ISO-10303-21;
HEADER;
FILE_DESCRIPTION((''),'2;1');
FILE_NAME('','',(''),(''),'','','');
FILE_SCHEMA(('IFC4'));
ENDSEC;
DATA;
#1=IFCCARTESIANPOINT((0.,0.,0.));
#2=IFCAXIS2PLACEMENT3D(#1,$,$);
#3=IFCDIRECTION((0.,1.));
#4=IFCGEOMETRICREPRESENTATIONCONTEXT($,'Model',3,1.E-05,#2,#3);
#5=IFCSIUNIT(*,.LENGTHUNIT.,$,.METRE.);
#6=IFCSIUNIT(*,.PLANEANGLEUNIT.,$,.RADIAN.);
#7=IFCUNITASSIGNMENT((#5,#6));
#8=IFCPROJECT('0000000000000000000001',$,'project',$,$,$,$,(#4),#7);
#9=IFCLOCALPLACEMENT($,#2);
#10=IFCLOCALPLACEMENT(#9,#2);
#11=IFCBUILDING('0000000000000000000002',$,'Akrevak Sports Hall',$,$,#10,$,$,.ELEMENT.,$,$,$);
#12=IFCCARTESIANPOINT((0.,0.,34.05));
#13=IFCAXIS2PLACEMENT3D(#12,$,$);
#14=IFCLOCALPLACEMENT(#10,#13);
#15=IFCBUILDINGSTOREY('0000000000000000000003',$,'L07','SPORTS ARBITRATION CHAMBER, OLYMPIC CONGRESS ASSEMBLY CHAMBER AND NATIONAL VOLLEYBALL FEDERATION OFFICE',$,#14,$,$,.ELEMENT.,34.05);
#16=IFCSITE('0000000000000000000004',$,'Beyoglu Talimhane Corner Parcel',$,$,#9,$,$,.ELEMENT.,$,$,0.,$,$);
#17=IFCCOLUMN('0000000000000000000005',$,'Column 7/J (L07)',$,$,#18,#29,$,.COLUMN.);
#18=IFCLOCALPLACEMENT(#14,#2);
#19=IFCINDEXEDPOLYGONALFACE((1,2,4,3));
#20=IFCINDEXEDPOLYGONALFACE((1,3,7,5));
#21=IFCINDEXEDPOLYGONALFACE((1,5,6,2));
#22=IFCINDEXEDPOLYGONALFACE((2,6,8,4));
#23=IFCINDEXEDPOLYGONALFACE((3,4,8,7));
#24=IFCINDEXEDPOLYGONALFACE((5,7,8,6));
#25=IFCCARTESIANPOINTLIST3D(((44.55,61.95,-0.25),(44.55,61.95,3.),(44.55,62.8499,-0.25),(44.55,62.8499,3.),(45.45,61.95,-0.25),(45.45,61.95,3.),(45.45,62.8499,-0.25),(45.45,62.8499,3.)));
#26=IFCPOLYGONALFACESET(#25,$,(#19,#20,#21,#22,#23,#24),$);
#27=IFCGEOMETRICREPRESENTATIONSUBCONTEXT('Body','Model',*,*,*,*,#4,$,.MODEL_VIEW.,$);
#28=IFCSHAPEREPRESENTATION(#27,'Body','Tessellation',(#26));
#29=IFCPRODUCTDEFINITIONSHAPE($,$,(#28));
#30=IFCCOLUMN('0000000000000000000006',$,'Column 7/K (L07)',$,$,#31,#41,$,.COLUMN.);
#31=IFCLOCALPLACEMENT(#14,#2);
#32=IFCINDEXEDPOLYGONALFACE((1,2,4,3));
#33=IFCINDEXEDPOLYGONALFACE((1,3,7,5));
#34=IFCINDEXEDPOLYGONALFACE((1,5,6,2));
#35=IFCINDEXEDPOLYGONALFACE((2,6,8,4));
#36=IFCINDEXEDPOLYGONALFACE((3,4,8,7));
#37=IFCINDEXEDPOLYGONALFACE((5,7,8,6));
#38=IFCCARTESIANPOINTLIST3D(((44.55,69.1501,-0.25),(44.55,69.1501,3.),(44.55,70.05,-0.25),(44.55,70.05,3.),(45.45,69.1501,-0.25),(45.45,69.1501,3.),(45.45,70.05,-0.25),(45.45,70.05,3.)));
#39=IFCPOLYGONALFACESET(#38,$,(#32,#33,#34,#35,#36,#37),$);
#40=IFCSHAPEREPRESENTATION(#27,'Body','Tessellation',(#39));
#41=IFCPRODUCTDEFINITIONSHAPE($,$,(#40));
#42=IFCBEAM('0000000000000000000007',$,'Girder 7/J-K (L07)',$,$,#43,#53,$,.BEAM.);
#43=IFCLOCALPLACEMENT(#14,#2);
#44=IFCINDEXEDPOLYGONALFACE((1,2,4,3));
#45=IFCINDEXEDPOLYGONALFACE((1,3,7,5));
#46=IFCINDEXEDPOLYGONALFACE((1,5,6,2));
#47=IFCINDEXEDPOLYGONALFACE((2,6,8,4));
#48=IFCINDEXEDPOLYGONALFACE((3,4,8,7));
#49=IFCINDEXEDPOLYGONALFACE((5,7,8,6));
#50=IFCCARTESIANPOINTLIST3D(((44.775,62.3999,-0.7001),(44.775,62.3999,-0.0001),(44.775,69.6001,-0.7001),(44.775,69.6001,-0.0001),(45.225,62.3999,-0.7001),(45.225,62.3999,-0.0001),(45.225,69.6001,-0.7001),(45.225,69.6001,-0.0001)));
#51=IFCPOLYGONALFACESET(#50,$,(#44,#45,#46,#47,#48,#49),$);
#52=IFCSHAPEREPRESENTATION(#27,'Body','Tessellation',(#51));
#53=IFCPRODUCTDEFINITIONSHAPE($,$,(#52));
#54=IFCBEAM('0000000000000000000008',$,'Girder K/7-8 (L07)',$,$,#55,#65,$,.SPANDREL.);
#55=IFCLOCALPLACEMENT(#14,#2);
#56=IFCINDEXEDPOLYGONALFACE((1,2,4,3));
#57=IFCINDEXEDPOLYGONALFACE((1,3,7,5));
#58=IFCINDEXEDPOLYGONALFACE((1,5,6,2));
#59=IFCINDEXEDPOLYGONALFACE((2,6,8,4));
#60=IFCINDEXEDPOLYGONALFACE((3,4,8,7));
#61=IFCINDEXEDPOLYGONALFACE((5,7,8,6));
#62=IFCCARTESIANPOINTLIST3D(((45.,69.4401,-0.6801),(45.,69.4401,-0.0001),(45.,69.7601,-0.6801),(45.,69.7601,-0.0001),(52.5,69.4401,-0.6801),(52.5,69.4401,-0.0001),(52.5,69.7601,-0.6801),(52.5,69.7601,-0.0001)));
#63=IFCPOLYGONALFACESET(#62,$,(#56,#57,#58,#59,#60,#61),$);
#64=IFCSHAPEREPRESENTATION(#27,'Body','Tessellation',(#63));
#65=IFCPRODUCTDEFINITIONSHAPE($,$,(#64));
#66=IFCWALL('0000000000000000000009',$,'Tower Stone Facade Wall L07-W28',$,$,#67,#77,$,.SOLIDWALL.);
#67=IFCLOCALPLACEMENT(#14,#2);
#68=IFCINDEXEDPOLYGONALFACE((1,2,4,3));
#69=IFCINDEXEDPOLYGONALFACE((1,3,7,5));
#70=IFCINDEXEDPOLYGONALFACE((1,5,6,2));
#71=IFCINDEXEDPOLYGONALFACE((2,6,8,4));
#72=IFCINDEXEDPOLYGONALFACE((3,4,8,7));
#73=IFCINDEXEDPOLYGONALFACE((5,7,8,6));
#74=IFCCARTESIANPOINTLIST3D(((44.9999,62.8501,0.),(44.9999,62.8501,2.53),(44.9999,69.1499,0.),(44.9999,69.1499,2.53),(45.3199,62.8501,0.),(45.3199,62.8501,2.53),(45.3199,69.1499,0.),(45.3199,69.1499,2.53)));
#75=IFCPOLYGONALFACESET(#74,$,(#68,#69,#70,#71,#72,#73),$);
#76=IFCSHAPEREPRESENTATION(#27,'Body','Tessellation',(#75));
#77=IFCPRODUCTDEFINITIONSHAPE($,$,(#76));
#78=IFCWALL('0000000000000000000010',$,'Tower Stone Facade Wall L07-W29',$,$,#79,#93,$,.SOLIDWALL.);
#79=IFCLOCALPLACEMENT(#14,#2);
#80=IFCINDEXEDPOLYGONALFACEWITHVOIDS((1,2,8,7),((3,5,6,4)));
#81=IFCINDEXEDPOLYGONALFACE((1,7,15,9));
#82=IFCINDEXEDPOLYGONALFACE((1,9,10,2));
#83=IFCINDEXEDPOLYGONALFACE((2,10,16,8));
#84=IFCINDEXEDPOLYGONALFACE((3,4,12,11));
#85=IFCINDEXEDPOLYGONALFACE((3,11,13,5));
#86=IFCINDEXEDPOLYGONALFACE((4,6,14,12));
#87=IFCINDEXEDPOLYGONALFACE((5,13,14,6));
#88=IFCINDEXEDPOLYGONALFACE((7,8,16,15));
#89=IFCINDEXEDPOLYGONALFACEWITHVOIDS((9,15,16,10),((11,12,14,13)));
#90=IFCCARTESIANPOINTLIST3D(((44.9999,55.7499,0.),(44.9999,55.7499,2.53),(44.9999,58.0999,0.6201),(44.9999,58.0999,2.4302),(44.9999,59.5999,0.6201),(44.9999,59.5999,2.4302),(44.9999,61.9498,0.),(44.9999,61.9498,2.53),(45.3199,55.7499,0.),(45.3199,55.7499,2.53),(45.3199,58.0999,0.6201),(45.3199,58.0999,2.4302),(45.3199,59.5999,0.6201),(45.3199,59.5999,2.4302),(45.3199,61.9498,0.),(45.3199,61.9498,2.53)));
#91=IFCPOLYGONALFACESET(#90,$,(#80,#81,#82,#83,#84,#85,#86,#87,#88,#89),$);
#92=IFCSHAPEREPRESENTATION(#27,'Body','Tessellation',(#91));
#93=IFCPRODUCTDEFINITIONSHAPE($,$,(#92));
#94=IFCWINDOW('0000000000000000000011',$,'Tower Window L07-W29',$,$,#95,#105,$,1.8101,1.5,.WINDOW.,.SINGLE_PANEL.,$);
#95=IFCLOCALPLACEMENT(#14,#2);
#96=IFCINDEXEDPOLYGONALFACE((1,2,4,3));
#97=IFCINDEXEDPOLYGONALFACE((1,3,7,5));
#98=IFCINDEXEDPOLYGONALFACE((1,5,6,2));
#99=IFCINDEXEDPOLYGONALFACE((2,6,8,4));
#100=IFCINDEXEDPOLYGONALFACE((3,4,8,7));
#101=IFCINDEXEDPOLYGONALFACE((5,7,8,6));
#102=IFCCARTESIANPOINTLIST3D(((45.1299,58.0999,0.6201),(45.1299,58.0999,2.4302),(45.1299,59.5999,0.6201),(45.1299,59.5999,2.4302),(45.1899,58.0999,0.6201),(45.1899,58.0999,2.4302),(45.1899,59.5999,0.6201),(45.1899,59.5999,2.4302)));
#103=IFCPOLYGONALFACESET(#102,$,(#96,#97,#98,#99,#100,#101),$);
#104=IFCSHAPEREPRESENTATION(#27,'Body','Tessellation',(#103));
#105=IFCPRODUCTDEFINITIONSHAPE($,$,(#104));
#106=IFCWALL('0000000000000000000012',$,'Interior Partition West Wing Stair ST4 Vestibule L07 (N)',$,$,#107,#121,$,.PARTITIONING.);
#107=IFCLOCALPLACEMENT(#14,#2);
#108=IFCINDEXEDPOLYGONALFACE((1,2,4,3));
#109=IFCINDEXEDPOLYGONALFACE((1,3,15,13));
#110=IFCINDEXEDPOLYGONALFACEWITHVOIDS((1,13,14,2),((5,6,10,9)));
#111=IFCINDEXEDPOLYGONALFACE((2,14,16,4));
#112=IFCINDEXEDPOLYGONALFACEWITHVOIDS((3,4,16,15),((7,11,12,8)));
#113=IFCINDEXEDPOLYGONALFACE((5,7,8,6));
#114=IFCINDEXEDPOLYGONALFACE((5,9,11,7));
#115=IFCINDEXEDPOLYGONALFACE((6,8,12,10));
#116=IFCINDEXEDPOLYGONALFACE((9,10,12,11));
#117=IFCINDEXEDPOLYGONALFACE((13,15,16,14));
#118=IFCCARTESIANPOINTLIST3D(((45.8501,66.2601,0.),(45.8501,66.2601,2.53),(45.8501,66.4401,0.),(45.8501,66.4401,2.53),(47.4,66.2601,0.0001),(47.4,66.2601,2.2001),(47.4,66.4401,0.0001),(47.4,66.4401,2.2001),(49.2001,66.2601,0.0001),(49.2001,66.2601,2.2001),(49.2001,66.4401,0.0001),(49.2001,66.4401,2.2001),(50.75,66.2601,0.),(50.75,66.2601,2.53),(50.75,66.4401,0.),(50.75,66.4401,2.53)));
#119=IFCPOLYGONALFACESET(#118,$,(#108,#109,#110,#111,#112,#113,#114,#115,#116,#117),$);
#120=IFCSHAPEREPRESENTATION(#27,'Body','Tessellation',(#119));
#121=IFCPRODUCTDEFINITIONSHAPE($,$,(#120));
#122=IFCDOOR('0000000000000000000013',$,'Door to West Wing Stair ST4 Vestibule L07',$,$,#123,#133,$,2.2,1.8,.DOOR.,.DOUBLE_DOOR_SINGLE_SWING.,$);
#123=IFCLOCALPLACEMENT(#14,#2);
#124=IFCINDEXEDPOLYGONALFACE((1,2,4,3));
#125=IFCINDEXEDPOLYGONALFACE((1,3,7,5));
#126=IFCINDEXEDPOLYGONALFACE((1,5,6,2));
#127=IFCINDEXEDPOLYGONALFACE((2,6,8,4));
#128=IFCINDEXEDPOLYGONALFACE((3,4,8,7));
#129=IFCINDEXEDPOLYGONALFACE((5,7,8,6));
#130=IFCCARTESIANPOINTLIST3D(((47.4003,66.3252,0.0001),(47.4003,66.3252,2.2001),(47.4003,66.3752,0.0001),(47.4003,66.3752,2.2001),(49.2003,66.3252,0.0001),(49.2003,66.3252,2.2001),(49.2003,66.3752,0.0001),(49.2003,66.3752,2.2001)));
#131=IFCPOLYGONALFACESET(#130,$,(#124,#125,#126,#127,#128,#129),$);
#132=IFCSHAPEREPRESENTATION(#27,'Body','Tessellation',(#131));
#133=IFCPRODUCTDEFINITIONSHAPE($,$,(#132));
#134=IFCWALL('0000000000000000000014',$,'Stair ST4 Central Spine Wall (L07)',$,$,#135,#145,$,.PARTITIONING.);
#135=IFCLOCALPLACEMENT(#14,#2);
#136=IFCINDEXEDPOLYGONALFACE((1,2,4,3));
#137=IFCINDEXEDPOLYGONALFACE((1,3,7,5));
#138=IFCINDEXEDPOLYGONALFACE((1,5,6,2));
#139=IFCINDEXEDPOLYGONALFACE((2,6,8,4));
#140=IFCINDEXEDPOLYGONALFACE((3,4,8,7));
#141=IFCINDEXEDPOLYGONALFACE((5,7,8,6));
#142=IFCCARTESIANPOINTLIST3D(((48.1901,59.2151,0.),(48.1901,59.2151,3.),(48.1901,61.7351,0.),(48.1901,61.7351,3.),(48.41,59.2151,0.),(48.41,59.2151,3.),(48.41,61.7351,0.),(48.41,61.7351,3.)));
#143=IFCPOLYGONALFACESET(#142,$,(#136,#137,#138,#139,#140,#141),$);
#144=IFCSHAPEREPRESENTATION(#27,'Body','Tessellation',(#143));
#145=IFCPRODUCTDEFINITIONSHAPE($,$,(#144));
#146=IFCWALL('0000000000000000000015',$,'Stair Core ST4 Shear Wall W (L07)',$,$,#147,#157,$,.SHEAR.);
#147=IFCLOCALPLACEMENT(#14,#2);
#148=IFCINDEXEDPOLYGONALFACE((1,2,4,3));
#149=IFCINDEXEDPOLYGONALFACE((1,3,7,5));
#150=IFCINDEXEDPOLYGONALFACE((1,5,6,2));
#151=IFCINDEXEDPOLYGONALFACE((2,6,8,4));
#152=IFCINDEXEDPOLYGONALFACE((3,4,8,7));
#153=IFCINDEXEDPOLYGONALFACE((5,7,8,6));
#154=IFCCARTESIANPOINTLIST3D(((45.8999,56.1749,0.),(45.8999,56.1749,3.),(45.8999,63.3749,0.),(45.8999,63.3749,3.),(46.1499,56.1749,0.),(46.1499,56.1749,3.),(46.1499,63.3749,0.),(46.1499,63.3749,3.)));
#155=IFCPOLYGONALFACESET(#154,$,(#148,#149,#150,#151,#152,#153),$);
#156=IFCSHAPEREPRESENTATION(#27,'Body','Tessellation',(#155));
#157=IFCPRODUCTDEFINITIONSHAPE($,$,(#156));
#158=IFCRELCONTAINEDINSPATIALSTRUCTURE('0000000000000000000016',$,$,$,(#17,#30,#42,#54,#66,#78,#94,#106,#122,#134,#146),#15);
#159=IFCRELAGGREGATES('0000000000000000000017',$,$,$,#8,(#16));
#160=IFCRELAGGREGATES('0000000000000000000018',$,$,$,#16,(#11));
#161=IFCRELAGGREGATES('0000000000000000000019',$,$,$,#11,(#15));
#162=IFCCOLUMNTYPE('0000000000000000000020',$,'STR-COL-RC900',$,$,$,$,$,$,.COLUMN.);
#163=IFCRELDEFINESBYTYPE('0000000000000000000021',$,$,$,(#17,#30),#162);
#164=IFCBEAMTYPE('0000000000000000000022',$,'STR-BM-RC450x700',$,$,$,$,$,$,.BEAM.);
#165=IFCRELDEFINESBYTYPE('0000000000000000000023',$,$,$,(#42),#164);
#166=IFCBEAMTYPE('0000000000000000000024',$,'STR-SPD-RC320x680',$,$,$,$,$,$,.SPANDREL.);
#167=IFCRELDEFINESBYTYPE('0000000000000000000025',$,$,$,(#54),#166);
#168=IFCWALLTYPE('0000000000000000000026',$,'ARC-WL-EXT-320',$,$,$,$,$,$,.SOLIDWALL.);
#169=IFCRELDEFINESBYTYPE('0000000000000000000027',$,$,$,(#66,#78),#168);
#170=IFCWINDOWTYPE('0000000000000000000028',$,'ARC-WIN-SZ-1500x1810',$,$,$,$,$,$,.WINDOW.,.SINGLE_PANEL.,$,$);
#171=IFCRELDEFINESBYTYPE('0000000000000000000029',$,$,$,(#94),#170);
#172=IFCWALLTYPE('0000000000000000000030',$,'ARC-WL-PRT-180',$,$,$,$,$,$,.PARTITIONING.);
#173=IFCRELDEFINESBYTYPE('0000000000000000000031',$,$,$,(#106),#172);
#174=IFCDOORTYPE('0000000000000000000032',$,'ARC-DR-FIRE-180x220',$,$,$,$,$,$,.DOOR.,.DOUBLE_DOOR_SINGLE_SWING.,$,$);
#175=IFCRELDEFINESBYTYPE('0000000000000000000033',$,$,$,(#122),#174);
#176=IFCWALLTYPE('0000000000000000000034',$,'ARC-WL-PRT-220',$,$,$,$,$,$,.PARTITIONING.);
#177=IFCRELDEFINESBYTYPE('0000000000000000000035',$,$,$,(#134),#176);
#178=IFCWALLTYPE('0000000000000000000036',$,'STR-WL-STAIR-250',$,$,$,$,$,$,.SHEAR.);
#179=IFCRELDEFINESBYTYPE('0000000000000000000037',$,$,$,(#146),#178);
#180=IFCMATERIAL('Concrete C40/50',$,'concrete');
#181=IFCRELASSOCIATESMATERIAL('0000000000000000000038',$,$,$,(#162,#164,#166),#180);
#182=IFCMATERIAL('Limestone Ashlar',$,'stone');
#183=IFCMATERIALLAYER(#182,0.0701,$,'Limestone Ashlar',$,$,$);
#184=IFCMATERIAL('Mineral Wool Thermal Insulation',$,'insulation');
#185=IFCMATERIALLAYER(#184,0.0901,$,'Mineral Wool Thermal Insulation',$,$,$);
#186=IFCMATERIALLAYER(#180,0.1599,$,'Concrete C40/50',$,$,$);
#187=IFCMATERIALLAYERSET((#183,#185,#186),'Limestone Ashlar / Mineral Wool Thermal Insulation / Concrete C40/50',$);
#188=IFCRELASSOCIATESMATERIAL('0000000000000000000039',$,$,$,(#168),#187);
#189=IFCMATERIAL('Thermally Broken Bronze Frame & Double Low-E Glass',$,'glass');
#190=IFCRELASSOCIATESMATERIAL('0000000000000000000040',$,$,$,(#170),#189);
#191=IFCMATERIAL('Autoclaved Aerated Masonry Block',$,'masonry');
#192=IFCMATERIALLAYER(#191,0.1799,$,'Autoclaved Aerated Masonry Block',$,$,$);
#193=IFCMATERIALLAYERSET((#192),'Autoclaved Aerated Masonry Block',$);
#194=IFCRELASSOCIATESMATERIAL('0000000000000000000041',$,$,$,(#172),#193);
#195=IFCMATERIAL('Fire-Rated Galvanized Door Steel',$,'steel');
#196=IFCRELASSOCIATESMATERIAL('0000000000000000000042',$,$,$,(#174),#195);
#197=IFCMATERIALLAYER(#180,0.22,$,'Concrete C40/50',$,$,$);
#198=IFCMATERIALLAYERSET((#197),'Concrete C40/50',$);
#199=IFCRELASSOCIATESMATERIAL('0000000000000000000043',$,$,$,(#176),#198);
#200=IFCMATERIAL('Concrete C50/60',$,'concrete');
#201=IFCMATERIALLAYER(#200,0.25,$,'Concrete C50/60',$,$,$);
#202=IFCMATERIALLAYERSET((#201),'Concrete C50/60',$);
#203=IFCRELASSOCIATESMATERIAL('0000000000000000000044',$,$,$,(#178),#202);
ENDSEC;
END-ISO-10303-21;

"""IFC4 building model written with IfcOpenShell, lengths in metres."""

from ifc_helpers import new_model, si_unit, direction, frame, frame_2d, origin, origin_2d, place, context, subcontext, project, spatial, rectangle, extrude, material, layer, layer_set, material_profile, profile_set, type_object, element, fill, save


model = new_model("IFC4")

# Units and contexts
model_context = context("Model", 3, precision=1e-05, world=origin(), true_north=direction((0.0, 1.0)))
body_context = subcontext(model_context, "Body", "Model", "MODEL_VIEW")
ifc_project = project(units=[si_unit("LENGTHUNIT", "METRE"), si_unit("PLANEANGLEUNIT", "RADIAN")], contexts=[model_context])

# Site, building, storey
site_placement = place(None, origin())
site = spatial("IfcSite", under=ifc_project, at=site_placement, Name="Beyoglu Talimhane Corner Parcel", CompositionType="ELEMENT", RefElevation=0.0)
building_placement = place(site_placement, origin())
building = spatial("IfcBuilding", under=site, at=building_placement, Name="Akrevak Sports Hall", CompositionType="ELEMENT")
storey_placement = place(building_placement, frame((0.0, 0.0, 34.05)))
storey = spatial("IfcBuildingStorey", under=building, at=storey_placement, Name="L07", Description="SPORTS ARBITRATION CHAMBER, OLYMPIC CONGRESS ASSEMBLY CHAMBER AND NATIONAL VOLLEYBALL FEDERATION OFFICE", CompositionType="ELEMENT", Elevation=34.05)

# Columns
ifc_material_1 = material(Name="Concrete C40/50", Category="concrete")
ifc_material_profile_1 = material_profile(ifc_material_1, rectangle(XDim=0.8999, YDim=0.8999, at=origin_2d()), Name="RC 900x900", Category="concrete")
ifc_profile_set_1 = profile_set([ifc_material_profile_1], Name="Concrete C40/50")
column_type = type_object("IfcColumnType", Name="STR-COL-RC900", PredefinedType="COLUMN", material=ifc_profile_set_1)
for number, where, z_axis, x_axis, name in (
    (1, (45.0, 62.3999, -0.25), (0.0, 0.0, 1.0), (1.0, 0.0, 0.0), "Column 7/J (L07)"),
    (2, (45.0, 69.6001, -0.25), (0.0, 0.0, 1.0), (1.0, 0.0, 0.0), "Column 7/K (L07)"),
):
    element("IfcColumn", number, at=place(storey_placement, frame(where, z_axis=z_axis, x_axis=x_axis)), inside=storey, type_object=column_type, Name=name, PredefinedType="COLUMN", context=body_context, shape_type="SweptSolid", body=[
        extrude(rectangle(XDim=0.8999, YDim=0.8999, at=origin_2d()), origin(), (0.0, 0.0, 1.0), 3.25),
    ])

# Beams
ifc_material_profile_2 = material_profile(ifc_material_1, rectangle(XDim=0.45, YDim=0.7, at=origin_2d()), Name="BM 450x700", Category="concrete")
ifc_profile_set_2 = profile_set([ifc_material_profile_2], Name="Concrete C40/50")
beam_type_1 = type_object("IfcBeamType", Name="STR-BM-RC450x700", PredefinedType="BEAM", material=ifc_profile_set_2)
beam_1_placement = place(storey_placement, frame((45.0, 62.3999, -0.3501), z_axis=(0.0, 1.0, 0.0), x_axis=(-1.0, 0.0, 0.0)))
element("IfcBeam", 3, at=beam_1_placement, inside=storey, type_object=beam_type_1, Name="Girder 7/J-K (L07)", PredefinedType="BEAM", context=body_context, shape_type="SweptSolid", body=[
    extrude(rectangle(XDim=0.45, YDim=0.7, at=origin_2d()), origin(), (0.0, 0.0, 1.0), 7.2002),
])
ifc_material_profile_3 = material_profile(ifc_material_1, rectangle(XDim=0.3201, YDim=0.6799, at=origin_2d()), Name="SPD 320x680", Category="concrete")
ifc_profile_set_3 = profile_set([ifc_material_profile_3], Name="Concrete C40/50")
beam_type_2 = type_object("IfcBeamType", Name="STR-SPD-RC320x680", PredefinedType="SPANDREL", material=ifc_profile_set_3)
beam_2_placement = place(storey_placement, frame((45.0, 69.6001, -0.3401), z_axis=(1.0, 0.0, 0.0), x_axis=(0.0, 1.0, 0.0)))
element("IfcBeam", 4, at=beam_2_placement, inside=storey, type_object=beam_type_2, Name="Girder K/7-8 (L07)", PredefinedType="SPANDREL", context=body_context, shape_type="SweptSolid", body=[
    extrude(rectangle(XDim=0.3201, YDim=0.6799, at=origin_2d()), origin(), (0.0, 0.0, 1.0), 7.5),
])

# Wall
ifc_material_2 = material(Name="Limestone Ashlar", Category="stone")
ifc_layer_1 = layer(ifc_material_2, 0.0701, Name="Limestone Ashlar")
ifc_material_3 = material(Name="Mineral Wool Thermal Insulation", Category="insulation")
ifc_layer_2 = layer(ifc_material_3, 0.0901, Name="Mineral Wool Thermal Insulation")
ifc_layer_3 = layer(ifc_material_1, 0.1599, Name="Concrete C40/50")
ifc_layer_set_1 = layer_set([ifc_layer_1, ifc_layer_2, ifc_layer_3], Name="Limestone Ashlar / Mineral Wool Thermal Insulation / Concrete C40/50")
wall_type_1 = type_object("IfcWallType", Name="ARC-WL-EXT-320", PredefinedType="SOLIDWALL", material=ifc_layer_set_1)
wall_1_placement = place(storey_placement, frame((45.1599, 69.1499, 0.0), z_axis=(0.0, 0.0, 1.0), x_axis=(0.0, -1.0, 0.0)))
element("IfcWall", 5, at=wall_1_placement, inside=storey, type_object=wall_type_1, Name="Tower Stone Facade Wall L07-W28", PredefinedType="SOLIDWALL", context=body_context, shape_type="SweptSolid", body=[
    extrude(rectangle(XDim=6.2998, YDim=0.3201, at=frame_2d((3.1499, 0.0))), origin(), (0.0, 0.0, 1.0), 2.53),
])

# Wall, opening, window
wall_2_placement = place(storey_placement, frame((45.1599, 61.95, 0.0), z_axis=(0.0, 0.0, 1.0), x_axis=(0.0, -1.0, 0.0)))
wall_2 = element("IfcWall", 6, at=wall_2_placement, inside=storey, type_object=wall_type_1, Name="Tower Stone Facade Wall L07-W29", PredefinedType="SOLIDWALL", context=body_context, shape_type="SweptSolid", body=[
    extrude(rectangle(XDim=6.2, YDim=0.3201, at=frame_2d((3.1001, 0.0))), origin(), (0.0, 0.0, 1.0), 2.53),
])
opening_1_placement = place(wall_2_placement, frame((2.3501, 0.0, 0.6201)))
opening_1 = element("IfcOpeningElement", 7, at=opening_1_placement, cuts=wall_2, PredefinedType="OPENING", context=body_context, shape_type="SweptSolid", body=[
    extrude(rectangle(XDim=1.5, YDim=1.8101, at=frame_2d((0.75, 0.905))), frame((0.0, 0.1719, 0.0), z_axis=(0.0, -1.0, 0.0), x_axis=(1.0, 0.0, 0.0)), (0.0, 0.0, 1.0), 0.344),
])
ifc_material_4 = material(Name="Thermally Broken Bronze Frame & Double Low-E Glass", Category="glass")
window_type = type_object("IfcWindowType", Name="ARC-WIN-SZ-1500x1810", PartitioningType="SINGLE_PANEL", PredefinedType="WINDOW", material=ifc_material_4)
window_placement = place(opening_1_placement, origin())
window = element("IfcWindow", 8, at=window_placement, inside=storey, type_object=window_type, Name="Tower Window L07-W29", OverallHeight=1.8101, OverallWidth=1.5, PartitioningType="SINGLE_PANEL", PredefinedType="WINDOW", context=body_context, shape_type="SweptSolid", body=[
    extrude(rectangle(XDim=1.5, YDim=1.8101, at=frame_2d((0.75, 0.905))), frame((0.0, 0.03, 0.0), z_axis=(0.0, -1.0, 0.0), x_axis=(1.0, 0.0, 0.0)), (0.0, 0.0, 1.0), 0.0601),
])
fill(opening_1, window)

# Wall, opening, door
ifc_material_5 = material(Name="Autoclaved Aerated Masonry Block", Category="masonry")
ifc_layer_4 = layer(ifc_material_5, 0.1799, Name="Autoclaved Aerated Masonry Block")
ifc_layer_set_2 = layer_set([ifc_layer_4], Name="Autoclaved Aerated Masonry Block")
wall_type_2 = type_object("IfcWallType", Name="ARC-WL-PRT-180", PredefinedType="PARTITIONING", material=ifc_layer_set_2)
wall_3_placement = place(storey_placement, frame((45.8501, 66.3501, 0.0), z_axis=(0.0, 0.0, 1.0), x_axis=(1.0, 0.0, 0.0)))
wall_3 = element("IfcWall", 9, at=wall_3_placement, inside=storey, type_object=wall_type_2, Name="Interior Partition West Wing Stair ST4 Vestibule L07 (N)", PredefinedType="PARTITIONING", context=body_context, shape_type="SweptSolid", body=[
    extrude(rectangle(XDim=4.8999, YDim=0.1799, at=frame_2d((2.45, 0.0))), origin(), (0.0, 0.0, 1.0), 2.53),
])
opening_2_placement = place(wall_3_placement, frame((1.55, 0.0, 0.0)))
opening_2 = element("IfcOpeningElement", 10, at=opening_2_placement, cuts=wall_3, PredefinedType="OPENING", context=body_context, shape_type="SweptSolid", body=[
    extrude(rectangle(XDim=1.8, YDim=2.2, at=frame_2d((0.8999, 1.1001))), frame((0.0, 0.1021, 0.0), z_axis=(0.0, -1.0, 0.0), x_axis=(1.0, 0.0, 0.0)), (0.0, 0.0, 1.0), 0.2039),
])
ifc_material_6 = material(Name="Fire-Rated Galvanized Door Steel", Category="steel")
door_type = type_object("IfcDoorType", Name="ARC-DR-FIRE-180x220", OperationType="DOUBLE_DOOR_SINGLE_SWING", PredefinedType="DOOR", material=ifc_material_6)
door_placement = place(opening_2_placement, frame((1.8, 0.0, 0.0), z_axis=(0.0, 0.0, 1.0), x_axis=(-1.0, 0.0, 0.0)))
door = element("IfcDoor", 11, at=door_placement, inside=storey, type_object=door_type, Name="Door to West Wing Stair ST4 Vestibule L07", OperationType="DOUBLE_DOOR_SINGLE_SWING", OverallHeight=2.2, OverallWidth=1.8, PredefinedType="DOOR", context=body_context, shape_type="SweptSolid", body=[
    extrude(rectangle(XDim=1.8, YDim=2.2, at=frame_2d((0.8999, 1.1001))), frame((0.0, 0.0249, 0.0), z_axis=(0.0, -1.0, 0.0), x_axis=(1.0, 0.0, 0.0)), (0.0, 0.0, 1.0), 0.05),
])
fill(opening_2, door)

# Walls
ifc_layer_5 = layer(ifc_material_1, 0.22, Name="Concrete C40/50")
ifc_layer_set_3 = layer_set([ifc_layer_5], Name="Concrete C40/50")
wall_type_3 = type_object("IfcWallType", Name="ARC-WL-PRT-220", PredefinedType="PARTITIONING", material=ifc_layer_set_3)
wall_4_placement = place(storey_placement, frame((48.3, 59.2151, 0.0), z_axis=(0.0, 0.0, 1.0), x_axis=(0.0, 1.0, 0.0)))
element("IfcWall", 12, at=wall_4_placement, inside=storey, type_object=wall_type_3, Name="Stair ST4 Central Spine Wall (L07)", PredefinedType="PARTITIONING", context=body_context, shape_type="SweptSolid", body=[
    extrude(rectangle(XDim=2.52, YDim=0.22, at=frame_2d((1.26, 0.0))), origin(), (0.0, 0.0, 1.0), 3.0),
])
ifc_material_7 = material(Name="Concrete C50/60", Category="concrete")
ifc_layer_6 = layer(ifc_material_7, 0.25, Name="Concrete C50/60")
ifc_layer_set_4 = layer_set([ifc_layer_6], Name="Concrete C50/60")
wall_type_4 = type_object("IfcWallType", Name="STR-WL-STAIR-250", PredefinedType="SHEAR", material=ifc_layer_set_4)
wall_5_placement = place(storey_placement, frame((46.0249, 63.375, 0.0), z_axis=(0.0, 0.0, 1.0), x_axis=(0.0, -1.0, 0.0)))
element("IfcWall", 13, at=wall_5_placement, inside=storey, type_object=wall_type_4, Name="Stair Core ST4 Shear Wall W (L07)", PredefinedType="SHEAR", context=body_context, shape_type="SweptSolid", body=[
    extrude(rectangle(XDim=7.2, YDim=0.25, at=frame_2d((3.6001, 0.0))), origin(), (0.0, 0.0, 1.0), 3.0),
])

save(model, "model.ifc")
